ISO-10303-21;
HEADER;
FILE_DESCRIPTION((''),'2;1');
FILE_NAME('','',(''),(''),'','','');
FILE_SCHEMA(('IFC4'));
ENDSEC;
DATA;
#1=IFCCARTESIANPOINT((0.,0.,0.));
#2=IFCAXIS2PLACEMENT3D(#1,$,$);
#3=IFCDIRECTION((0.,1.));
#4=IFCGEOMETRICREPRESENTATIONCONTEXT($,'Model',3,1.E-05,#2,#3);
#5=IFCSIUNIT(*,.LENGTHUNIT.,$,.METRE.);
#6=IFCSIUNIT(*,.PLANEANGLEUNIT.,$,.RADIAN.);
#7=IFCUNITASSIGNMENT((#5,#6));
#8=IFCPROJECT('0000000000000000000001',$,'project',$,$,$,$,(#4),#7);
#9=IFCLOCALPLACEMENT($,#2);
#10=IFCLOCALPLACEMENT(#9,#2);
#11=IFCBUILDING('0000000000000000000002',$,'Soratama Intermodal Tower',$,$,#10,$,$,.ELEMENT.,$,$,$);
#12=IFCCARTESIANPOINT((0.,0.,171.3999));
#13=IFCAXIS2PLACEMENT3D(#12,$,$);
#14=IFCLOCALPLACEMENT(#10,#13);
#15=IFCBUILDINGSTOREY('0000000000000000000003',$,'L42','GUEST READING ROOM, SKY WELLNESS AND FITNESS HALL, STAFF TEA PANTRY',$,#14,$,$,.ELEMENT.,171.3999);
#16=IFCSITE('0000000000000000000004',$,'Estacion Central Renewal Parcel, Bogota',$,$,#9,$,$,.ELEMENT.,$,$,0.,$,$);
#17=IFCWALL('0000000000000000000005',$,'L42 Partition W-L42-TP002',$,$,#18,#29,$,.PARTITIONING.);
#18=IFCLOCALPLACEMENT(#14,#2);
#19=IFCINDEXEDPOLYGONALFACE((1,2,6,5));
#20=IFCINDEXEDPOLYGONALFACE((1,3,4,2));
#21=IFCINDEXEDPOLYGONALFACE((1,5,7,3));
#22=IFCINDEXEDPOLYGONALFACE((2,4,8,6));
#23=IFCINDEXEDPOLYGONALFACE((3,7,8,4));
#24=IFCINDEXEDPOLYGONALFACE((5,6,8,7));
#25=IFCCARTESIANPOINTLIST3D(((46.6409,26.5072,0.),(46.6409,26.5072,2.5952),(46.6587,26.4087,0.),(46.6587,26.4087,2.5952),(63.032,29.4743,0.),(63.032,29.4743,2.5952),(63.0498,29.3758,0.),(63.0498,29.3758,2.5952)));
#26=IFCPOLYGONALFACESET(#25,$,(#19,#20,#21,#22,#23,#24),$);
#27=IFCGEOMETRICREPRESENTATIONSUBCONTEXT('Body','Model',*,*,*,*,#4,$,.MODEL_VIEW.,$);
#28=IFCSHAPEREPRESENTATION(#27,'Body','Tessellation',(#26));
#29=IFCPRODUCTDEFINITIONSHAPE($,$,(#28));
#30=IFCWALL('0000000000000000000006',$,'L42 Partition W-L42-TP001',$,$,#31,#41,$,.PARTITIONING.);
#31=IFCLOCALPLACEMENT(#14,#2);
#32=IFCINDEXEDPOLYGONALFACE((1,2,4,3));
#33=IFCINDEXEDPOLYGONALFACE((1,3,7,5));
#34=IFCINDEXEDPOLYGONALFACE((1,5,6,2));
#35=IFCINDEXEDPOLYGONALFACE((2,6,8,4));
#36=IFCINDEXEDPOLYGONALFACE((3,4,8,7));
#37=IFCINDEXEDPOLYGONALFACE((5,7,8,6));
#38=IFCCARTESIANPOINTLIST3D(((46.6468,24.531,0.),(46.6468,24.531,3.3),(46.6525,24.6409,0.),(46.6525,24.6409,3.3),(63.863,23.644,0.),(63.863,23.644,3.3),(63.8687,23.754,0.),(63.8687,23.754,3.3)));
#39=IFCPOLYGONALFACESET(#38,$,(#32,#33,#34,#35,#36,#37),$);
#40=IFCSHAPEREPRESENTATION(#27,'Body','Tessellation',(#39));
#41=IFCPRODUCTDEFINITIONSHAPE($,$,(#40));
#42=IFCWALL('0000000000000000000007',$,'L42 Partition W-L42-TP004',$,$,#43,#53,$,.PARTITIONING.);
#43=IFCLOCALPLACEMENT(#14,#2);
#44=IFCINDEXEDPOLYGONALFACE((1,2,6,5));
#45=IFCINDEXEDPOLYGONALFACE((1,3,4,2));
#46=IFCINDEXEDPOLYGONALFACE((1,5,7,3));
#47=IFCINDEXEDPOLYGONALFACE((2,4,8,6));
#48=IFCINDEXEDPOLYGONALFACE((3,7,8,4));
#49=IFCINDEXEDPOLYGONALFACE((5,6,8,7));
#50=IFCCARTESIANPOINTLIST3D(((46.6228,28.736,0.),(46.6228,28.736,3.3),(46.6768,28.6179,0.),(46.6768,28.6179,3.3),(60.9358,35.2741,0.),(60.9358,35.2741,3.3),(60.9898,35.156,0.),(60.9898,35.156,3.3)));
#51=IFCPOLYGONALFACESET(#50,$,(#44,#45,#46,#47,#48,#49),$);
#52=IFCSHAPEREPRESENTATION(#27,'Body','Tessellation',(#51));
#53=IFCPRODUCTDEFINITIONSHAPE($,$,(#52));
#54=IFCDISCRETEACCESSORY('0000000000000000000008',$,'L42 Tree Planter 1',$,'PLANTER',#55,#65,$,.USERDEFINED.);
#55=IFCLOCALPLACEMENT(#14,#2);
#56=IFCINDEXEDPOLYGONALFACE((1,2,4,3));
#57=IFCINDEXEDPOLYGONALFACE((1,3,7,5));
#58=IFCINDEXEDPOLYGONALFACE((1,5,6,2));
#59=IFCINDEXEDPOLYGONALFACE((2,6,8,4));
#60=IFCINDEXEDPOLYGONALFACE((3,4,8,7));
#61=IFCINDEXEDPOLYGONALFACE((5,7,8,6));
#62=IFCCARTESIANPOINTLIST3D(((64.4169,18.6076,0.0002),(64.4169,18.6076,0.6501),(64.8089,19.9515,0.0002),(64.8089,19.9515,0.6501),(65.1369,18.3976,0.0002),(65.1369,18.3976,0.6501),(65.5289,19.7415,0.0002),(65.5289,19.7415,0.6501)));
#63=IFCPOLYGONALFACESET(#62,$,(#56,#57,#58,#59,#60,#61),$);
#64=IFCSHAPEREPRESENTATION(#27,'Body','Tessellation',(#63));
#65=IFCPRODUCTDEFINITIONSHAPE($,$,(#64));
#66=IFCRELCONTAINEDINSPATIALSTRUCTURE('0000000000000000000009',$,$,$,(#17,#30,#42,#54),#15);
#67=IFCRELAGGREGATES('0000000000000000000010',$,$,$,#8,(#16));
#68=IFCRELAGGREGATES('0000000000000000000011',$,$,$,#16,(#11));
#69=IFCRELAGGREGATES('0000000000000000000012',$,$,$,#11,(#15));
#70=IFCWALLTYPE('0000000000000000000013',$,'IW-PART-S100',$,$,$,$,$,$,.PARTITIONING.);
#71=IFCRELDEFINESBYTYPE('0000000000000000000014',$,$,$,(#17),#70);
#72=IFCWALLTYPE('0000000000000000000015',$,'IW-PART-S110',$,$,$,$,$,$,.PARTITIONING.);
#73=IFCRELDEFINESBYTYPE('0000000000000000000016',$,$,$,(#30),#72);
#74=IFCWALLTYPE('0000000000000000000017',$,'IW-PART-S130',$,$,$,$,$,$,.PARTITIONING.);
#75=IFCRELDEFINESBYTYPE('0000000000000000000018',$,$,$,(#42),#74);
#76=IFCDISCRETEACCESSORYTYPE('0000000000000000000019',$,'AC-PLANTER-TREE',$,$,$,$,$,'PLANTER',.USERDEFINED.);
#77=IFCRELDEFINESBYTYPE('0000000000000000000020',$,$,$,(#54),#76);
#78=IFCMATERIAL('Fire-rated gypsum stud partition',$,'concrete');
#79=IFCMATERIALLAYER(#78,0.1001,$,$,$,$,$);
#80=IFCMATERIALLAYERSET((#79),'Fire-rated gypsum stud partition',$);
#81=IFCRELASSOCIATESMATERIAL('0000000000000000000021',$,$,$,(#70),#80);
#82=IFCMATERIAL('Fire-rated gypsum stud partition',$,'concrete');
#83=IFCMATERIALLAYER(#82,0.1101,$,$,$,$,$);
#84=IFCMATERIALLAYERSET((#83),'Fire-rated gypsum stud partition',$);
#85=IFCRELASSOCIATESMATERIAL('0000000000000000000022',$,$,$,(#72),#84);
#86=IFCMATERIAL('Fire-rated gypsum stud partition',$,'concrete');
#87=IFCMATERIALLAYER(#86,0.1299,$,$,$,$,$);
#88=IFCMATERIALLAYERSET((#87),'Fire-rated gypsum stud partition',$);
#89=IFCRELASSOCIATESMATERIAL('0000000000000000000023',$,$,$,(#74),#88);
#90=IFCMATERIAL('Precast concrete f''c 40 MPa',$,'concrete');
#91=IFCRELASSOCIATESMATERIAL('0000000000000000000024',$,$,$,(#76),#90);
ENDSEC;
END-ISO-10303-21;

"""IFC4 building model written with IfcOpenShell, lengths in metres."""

from ifc_helpers import new_model, si_unit, direction, frame, frame_2d, origin, origin_2d, place, context, subcontext, project, spatial, rectangle, extrude, material, layer, layer_set, type_object, element, save


model = new_model("IFC4")

# Units and contexts
model_context = context("Model", 3, precision=1e-05, world=origin(), true_north=direction((0.0, 1.0)))
body_context = subcontext(model_context, "Body", "Model", "MODEL_VIEW")
ifc_project = project(units=[si_unit("LENGTHUNIT", "METRE"), si_unit("PLANEANGLEUNIT", "RADIAN")], contexts=[model_context])

# Site, building, storey
site_placement = place(None, origin())
site = spatial("IfcSite", under=ifc_project, at=site_placement, Name="Estacion Central Renewal Parcel, Bogota", CompositionType="ELEMENT", RefElevation=0.0)
building_placement = place(site_placement, origin())
building = spatial("IfcBuilding", under=site, at=building_placement, Name="Soratama Intermodal Tower", CompositionType="ELEMENT")
storey_placement = place(building_placement, frame((0.0, 0.0, 171.3999)))
storey = spatial("IfcBuildingStorey", under=building, at=storey_placement, Name="L42", Description="GUEST READING ROOM, SKY WELLNESS AND FITNESS HALL, STAFF TEA PANTRY", CompositionType="ELEMENT", Elevation=171.3999)

# Walls
ifc_material_1 = material(Name="Fire-rated gypsum stud partition", Category="concrete")
ifc_layer_1 = layer(ifc_material_1, 0.1001)
ifc_layer_set_1 = layer_set([ifc_layer_1], Name="Fire-rated gypsum stud partition")
wall_type_1 = type_object("IfcWallType", Name="IW-PART-S100", PredefinedType="PARTITIONING", material=ifc_layer_set_1)
wall_1_placement = place(storey_placement, frame((46.6499, 26.458, 0.0), z_axis=(0.0, 0.0, 1.0), x_axis=(0.984009, 0.178121, 0.0)))
element("IfcWall", 1, at=wall_1_placement, inside=storey, type_object=wall_type_1, Name="L42 Partition W-L42-TP002", PredefinedType="PARTITIONING", context=body_context, shape_type="SweptSolid", body=[
    extrude(rectangle(XDim=16.6575, YDim=0.1001, at=frame_2d((8.3286, 0.0))), origin(), (0.0, 0.0, 1.0), 2.5952),
])
ifc_material_2 = material(Name="Fire-rated gypsum stud partition", Category="concrete")
ifc_layer_2 = layer(ifc_material_2, 0.1101)
ifc_layer_set_2 = layer_set([ifc_layer_2], Name="Fire-rated gypsum stud partition")
wall_type_2 = type_object("IfcWallType", Name="IW-PART-S110", PredefinedType="PARTITIONING", material=ifc_layer_set_2)
wall_2_placement = place(storey_placement, frame((63.866, 23.699, 0.0), z_axis=(0.0, 0.0, 1.0), x_axis=(-0.998676, 0.051451, 0.0)))
element("IfcWall", 2, at=wall_2_placement, inside=storey, type_object=wall_type_2, Name="L42 Partition W-L42-TP001", PredefinedType="PARTITIONING", context=body_context, shape_type="SweptSolid", body=[
    extrude(rectangle(XDim=17.239, YDim=0.1101, at=frame_2d((8.6196, 0.0))), origin(), (0.0, 0.0, 1.0), 3.3),
])
ifc_material_3 = material(Name="Fire-rated gypsum stud partition", Category="concrete")
ifc_layer_3 = layer(ifc_material_3, 0.1299)
ifc_layer_set_3 = layer_set([ifc_layer_3], Name="Fire-rated gypsum stud partition")
wall_type_3 = type_object("IfcWallType", Name="IW-PART-S130", PredefinedType="PARTITIONING", material=ifc_layer_set_3)
wall_3_placement = place(storey_placement, frame((46.6499, 28.677, 0.0), z_axis=(0.0, 0.0, 1.0), x_axis=(0.909594, 0.415497, 0.0)))
element("IfcWall", 3, at=wall_3_placement, inside=storey, type_object=wall_type_3, Name="L42 Partition W-L42-TP004", PredefinedType="PARTITIONING", context=body_context, shape_type="SweptSolid", body=[
    extrude(rectangle(XDim=15.7356, YDim=0.1299, at=frame_2d((7.8677, 0.0))), origin(), (0.0, 0.0, 1.0), 3.3),
])

# Discrete accessory
ifc_material_4 = material(Name="Precast concrete f'c 40 MPa", Category="concrete")
discrete_accessory_type = type_object("IfcDiscreteAccessoryType", Name="AC-PLANTER-TREE", ElementType="PLANTER", PredefinedType="USERDEFINED", material=ifc_material_4)
discrete_accessory_placement = place(storey_placement, frame((64.9729, 19.1746, 0.0002), z_axis=(0.0, 0.0, 1.0), x_axis=(0.960001, -0.279997, 0.0)))
element("IfcDiscreteAccessory", 4, at=discrete_accessory_placement, inside=storey, type_object=discrete_accessory_type, Name="L42 Tree Planter 1", ObjectType="PLANTER", PredefinedType="USERDEFINED", context=body_context, shape_type="SweptSolid", body=[
    extrude(rectangle(XDim=0.75, YDim=1.3999, at=origin_2d()), origin(), (0.0, 0.0, 1.0), 0.6499),
])

save(model, "model.ifc")
